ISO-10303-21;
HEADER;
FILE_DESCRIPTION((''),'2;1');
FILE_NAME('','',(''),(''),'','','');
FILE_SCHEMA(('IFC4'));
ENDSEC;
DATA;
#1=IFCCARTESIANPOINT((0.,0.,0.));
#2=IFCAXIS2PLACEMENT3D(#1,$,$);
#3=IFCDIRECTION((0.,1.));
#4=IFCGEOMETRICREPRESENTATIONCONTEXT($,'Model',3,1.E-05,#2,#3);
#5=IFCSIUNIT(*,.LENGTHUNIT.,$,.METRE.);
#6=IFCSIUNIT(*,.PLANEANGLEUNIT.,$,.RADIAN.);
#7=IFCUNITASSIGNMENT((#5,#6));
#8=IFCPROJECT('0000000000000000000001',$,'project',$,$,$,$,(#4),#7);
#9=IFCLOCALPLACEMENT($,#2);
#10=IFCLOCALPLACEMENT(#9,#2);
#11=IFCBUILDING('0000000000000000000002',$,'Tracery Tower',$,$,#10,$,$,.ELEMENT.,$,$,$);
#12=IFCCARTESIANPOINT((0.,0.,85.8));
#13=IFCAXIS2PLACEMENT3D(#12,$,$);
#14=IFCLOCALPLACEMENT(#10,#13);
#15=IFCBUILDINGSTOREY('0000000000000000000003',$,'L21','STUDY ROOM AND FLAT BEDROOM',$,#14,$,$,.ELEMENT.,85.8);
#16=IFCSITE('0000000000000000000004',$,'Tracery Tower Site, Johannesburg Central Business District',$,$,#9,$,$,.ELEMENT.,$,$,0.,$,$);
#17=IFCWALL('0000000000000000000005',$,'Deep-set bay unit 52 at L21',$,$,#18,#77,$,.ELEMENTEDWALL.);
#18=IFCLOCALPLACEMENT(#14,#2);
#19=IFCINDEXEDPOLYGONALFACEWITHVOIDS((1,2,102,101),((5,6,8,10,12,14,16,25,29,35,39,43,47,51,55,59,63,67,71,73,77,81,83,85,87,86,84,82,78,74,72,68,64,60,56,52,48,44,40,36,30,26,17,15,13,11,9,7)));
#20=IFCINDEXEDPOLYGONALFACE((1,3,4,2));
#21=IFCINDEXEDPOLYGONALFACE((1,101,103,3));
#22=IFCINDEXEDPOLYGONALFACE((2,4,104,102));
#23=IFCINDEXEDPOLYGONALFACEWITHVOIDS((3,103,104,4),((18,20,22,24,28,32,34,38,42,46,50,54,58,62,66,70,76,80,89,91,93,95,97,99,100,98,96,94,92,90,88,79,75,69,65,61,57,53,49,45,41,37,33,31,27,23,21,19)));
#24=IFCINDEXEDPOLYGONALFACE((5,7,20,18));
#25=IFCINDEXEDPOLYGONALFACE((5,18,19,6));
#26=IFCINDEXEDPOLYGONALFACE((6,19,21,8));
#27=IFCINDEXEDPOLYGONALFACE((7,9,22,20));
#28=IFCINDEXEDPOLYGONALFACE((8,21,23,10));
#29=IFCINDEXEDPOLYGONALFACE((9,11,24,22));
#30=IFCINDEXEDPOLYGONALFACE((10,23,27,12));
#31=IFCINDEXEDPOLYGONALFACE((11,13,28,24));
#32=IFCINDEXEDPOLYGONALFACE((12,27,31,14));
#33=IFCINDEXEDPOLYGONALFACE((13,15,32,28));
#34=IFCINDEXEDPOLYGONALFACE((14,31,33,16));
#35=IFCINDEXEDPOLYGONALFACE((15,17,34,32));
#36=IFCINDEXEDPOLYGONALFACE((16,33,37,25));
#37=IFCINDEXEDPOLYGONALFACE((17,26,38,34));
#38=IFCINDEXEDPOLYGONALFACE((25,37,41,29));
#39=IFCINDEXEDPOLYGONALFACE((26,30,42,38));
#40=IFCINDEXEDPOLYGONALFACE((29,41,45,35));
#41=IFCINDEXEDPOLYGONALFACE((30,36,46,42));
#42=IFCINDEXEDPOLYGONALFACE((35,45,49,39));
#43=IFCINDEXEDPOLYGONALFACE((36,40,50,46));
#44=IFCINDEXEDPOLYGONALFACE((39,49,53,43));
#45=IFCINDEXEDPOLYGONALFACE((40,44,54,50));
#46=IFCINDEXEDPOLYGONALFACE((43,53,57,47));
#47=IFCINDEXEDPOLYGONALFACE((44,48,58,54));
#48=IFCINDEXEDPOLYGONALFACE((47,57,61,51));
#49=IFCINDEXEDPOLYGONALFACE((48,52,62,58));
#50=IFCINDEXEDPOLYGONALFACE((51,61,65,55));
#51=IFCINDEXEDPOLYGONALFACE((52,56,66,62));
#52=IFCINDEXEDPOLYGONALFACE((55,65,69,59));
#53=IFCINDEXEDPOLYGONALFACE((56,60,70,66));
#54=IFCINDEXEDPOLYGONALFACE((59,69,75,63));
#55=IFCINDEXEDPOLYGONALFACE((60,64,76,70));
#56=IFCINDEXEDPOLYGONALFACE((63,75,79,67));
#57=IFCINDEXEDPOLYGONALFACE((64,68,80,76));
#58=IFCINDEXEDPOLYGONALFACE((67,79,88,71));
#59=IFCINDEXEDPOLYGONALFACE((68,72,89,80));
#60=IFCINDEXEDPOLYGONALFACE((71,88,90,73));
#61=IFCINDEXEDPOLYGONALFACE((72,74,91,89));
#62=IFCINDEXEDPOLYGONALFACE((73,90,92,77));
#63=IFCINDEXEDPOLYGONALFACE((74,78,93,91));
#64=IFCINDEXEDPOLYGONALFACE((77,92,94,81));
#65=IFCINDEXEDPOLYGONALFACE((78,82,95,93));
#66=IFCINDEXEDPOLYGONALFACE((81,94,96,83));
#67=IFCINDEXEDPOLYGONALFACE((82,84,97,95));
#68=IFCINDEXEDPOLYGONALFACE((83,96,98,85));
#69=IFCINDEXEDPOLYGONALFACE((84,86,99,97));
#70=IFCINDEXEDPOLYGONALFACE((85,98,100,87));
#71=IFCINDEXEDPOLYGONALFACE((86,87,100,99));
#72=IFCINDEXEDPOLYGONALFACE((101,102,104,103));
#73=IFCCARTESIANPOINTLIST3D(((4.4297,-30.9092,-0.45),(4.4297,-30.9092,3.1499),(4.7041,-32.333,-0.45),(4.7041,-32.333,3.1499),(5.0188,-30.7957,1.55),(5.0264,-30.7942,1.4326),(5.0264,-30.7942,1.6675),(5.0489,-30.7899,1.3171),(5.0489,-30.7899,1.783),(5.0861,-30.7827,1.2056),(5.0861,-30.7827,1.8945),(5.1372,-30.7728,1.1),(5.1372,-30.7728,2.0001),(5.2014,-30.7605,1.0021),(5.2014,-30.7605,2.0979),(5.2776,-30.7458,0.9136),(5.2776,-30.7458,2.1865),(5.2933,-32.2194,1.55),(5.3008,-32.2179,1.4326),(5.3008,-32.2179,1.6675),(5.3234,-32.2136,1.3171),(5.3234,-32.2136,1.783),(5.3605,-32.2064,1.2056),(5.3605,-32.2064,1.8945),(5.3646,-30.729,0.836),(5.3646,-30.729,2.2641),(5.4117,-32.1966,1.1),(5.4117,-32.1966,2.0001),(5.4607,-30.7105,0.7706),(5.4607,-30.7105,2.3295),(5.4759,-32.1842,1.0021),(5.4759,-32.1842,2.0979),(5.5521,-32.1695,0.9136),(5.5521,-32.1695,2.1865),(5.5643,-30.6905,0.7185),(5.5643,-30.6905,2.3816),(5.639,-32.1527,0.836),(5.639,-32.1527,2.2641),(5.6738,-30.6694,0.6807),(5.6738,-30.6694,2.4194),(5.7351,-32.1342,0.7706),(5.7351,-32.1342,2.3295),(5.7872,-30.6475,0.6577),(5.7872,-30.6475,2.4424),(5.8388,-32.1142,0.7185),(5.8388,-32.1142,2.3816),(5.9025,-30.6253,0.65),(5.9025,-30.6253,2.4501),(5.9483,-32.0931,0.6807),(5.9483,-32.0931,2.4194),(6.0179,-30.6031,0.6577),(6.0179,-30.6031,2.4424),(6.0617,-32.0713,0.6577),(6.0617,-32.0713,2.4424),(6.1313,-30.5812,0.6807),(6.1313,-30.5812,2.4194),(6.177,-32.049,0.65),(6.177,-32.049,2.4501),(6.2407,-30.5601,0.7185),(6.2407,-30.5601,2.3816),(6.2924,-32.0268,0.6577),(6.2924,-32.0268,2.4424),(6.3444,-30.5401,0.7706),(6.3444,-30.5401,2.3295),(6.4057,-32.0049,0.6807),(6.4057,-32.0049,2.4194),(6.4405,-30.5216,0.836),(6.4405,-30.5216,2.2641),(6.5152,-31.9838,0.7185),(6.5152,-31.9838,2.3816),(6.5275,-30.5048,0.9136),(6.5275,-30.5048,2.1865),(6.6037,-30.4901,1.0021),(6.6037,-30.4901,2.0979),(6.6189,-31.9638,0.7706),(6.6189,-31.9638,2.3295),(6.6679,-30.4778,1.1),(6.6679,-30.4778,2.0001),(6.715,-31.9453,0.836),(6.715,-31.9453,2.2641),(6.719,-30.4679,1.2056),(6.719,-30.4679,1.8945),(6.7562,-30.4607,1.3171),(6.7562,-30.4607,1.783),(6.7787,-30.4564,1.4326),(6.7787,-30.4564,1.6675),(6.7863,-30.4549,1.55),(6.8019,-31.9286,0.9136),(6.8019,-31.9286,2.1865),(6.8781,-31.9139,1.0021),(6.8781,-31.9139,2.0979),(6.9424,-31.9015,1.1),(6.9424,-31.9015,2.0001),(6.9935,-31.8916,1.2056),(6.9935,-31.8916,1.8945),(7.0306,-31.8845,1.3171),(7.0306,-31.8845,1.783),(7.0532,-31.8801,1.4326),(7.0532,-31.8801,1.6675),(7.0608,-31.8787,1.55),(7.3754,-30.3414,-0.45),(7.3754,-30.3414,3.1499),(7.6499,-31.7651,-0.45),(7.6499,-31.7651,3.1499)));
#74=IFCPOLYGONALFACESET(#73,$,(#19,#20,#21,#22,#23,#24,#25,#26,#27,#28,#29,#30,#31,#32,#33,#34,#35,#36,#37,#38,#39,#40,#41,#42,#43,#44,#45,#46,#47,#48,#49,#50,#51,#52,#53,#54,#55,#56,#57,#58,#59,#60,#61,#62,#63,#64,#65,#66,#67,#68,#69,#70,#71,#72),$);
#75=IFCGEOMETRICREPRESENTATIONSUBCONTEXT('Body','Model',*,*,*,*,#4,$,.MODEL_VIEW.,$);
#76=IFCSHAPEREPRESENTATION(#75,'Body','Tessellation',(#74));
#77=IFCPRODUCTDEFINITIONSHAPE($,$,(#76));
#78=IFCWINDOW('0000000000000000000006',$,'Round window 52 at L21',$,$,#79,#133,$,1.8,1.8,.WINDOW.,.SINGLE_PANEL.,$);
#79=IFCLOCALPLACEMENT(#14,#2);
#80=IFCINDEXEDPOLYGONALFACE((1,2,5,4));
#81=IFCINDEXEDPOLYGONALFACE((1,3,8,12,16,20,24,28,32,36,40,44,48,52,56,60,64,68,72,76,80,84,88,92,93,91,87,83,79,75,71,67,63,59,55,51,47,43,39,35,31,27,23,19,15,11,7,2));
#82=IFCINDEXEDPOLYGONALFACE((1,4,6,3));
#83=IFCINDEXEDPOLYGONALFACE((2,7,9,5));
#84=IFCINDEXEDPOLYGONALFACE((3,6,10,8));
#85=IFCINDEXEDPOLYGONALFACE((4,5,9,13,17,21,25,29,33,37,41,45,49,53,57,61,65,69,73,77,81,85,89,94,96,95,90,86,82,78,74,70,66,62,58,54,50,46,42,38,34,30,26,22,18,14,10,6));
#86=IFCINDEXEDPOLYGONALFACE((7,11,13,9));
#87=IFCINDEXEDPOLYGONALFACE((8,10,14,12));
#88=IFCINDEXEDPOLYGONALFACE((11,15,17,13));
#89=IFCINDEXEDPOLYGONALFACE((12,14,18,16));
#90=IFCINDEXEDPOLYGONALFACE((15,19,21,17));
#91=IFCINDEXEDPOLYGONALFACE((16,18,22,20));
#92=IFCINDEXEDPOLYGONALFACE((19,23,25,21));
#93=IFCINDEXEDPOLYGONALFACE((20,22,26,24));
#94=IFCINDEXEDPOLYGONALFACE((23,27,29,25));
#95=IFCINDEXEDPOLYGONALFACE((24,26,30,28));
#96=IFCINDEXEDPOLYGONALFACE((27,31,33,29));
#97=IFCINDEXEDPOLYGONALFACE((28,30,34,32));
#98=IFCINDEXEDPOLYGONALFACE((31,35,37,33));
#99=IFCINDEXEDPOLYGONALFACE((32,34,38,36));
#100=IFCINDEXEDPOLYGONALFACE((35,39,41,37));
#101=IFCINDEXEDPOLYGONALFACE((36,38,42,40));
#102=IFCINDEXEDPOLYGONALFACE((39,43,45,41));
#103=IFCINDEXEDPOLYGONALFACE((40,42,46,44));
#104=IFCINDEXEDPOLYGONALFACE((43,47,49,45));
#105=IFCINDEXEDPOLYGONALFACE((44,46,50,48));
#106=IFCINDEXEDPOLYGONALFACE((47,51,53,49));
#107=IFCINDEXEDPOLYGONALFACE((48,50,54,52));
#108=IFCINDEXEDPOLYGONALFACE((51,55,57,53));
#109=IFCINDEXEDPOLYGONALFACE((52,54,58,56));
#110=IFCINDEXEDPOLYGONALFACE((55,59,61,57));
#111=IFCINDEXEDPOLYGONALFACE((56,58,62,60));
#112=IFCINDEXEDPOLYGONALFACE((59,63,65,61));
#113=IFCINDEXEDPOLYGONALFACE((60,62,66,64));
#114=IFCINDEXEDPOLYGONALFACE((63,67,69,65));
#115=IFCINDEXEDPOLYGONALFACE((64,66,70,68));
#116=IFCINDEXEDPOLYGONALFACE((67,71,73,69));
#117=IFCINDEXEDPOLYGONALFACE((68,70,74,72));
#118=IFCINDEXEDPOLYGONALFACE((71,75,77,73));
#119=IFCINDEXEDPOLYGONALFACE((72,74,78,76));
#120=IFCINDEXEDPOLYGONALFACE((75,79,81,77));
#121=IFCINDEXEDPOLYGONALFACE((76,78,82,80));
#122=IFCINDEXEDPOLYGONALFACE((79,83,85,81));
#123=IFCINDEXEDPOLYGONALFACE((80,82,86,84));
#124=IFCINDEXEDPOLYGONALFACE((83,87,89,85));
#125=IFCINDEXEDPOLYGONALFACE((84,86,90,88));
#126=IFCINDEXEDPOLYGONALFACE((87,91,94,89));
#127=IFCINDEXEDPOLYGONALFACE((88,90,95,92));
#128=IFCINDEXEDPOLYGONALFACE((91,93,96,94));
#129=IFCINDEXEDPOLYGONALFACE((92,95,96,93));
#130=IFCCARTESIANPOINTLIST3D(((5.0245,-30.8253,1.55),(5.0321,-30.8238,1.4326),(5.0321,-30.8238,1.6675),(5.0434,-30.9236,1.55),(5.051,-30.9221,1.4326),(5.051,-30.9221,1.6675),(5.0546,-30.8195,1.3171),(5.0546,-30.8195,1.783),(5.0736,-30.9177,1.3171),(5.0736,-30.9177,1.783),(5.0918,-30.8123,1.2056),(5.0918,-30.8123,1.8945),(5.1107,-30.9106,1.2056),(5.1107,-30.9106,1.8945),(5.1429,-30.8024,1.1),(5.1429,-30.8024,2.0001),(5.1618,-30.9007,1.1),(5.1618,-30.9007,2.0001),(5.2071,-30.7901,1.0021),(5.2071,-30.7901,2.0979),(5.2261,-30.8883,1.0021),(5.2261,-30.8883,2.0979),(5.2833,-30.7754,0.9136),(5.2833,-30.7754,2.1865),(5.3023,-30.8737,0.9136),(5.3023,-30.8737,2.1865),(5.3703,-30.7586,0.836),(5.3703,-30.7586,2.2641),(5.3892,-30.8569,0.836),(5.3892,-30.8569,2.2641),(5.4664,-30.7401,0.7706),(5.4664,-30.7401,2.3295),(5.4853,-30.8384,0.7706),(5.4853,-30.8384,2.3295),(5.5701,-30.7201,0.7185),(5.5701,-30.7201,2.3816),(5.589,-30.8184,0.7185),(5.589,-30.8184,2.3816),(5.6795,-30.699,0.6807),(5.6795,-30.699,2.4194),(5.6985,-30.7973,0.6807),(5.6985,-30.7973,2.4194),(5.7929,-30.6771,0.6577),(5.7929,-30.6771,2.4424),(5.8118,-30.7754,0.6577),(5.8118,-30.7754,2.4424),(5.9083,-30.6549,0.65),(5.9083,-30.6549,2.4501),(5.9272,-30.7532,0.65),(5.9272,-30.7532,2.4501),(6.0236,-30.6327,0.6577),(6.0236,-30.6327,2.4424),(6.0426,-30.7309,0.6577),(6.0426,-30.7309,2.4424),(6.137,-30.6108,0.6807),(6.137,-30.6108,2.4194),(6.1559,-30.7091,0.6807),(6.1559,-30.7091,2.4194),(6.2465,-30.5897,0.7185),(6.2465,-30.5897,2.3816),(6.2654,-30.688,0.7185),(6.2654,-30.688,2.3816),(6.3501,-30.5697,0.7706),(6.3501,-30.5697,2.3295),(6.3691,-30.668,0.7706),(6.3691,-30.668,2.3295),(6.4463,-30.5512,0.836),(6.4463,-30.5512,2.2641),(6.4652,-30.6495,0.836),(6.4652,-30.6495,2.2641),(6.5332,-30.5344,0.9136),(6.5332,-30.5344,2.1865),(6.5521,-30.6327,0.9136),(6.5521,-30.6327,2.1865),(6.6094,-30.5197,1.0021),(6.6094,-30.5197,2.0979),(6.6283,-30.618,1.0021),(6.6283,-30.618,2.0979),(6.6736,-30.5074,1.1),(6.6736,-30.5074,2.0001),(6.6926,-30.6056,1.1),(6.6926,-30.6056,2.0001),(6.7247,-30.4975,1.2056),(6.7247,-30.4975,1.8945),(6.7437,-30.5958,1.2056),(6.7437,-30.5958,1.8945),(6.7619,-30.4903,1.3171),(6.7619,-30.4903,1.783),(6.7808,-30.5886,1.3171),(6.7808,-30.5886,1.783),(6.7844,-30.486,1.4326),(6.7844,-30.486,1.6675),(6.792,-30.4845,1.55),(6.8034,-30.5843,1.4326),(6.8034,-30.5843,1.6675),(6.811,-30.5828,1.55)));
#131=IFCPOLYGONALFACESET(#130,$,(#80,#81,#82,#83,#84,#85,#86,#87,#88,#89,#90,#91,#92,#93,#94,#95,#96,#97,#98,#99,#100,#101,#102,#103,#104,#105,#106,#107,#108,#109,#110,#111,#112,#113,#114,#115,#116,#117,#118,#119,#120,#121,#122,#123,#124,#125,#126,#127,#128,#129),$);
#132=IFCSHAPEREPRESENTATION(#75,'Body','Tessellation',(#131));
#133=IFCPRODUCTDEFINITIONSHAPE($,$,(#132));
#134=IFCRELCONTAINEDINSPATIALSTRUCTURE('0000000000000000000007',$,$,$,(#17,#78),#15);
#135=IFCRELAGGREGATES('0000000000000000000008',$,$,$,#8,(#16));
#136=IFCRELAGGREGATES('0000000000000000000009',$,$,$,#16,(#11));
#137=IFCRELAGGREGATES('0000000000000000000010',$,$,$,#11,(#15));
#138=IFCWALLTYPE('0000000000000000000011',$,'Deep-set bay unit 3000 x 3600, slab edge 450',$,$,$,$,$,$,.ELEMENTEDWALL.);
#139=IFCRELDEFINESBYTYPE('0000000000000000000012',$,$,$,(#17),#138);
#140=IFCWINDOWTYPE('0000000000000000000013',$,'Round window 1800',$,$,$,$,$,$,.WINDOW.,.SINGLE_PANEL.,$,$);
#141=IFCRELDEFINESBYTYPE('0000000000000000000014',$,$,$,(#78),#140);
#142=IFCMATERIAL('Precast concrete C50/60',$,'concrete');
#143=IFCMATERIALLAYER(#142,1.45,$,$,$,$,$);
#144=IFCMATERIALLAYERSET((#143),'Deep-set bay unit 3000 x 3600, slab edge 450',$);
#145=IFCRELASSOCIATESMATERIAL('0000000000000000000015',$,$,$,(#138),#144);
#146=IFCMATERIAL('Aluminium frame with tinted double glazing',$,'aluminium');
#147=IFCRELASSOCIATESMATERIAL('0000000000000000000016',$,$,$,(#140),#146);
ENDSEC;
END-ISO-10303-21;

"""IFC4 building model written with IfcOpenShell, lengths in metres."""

from ifc_helpers import new_model, si_unit, direction, frame, frame_2d, origin, origin_2d, place, context, subcontext, project, spatial, rectangle, circle, extrude, material, layer, layer_set, type_object, element, fill, save


model = new_model("IFC4")

# Units and contexts
model_context = context("Model", 3, precision=1e-05, world=origin(), true_north=direction((0.0, 1.0)))
body_context = subcontext(model_context, "Body", "Model", "MODEL_VIEW")
ifc_project = project(units=[si_unit("LENGTHUNIT", "METRE"), si_unit("PLANEANGLEUNIT", "RADIAN")], contexts=[model_context])

# Site, building, storey
site_placement = place(None, origin())
site = spatial("IfcSite", under=ifc_project, at=site_placement, Name="Tracery Tower Site, Johannesburg Central Business District", CompositionType="ELEMENT", RefElevation=0.0)
building_placement = place(site_placement, origin())
building = spatial("IfcBuilding", under=site, at=building_placement, Name="Tracery Tower", CompositionType="ELEMENT")
storey_placement = place(building_placement, frame((0.0, 0.0, 85.8)))
storey = spatial("IfcBuildingStorey", under=building, at=storey_placement, Name="L21", Description="STUDY ROOM AND FLAT BEDROOM", CompositionType="ELEMENT", Elevation=85.8)

# Wall, opening, window
ifc_material_1 = material(Name="Precast concrete C50/60", Category="concrete")
ifc_layer_1 = layer(ifc_material_1, 1.45)
ifc_layer_set_1 = layer_set([ifc_layer_1], Name="Deep-set bay unit 3000 x 3600, slab edge 450")
wall_type_1 = type_object("IfcWallType", Name="Deep-set bay unit 3000 x 3600, slab edge 450", PredefinedType="ELEMENTEDWALL", material=ifc_layer_set_1)
wall_1_placement = place(storey_placement, frame((4.5669, -31.6211, -0.45), z_axis=(0.0, 0.0, 1.0), x_axis=(0.981922, 0.189288, 0.0)))
wall_1 = element("IfcWall", 1, at=wall_1_placement, inside=storey, type_object=wall_type_1, Name="Deep-set bay unit 52 at L21", PredefinedType="ELEMENTEDWALL", context=body_context, shape_type="SweptSolid", body=[
    extrude(rectangle(XDim=3.0, YDim=1.45, at=frame_2d((1.5, 0.0))), origin(), (0.0, 0.0, 1.0), 3.5999),
])
opening_1_placement = place(wall_1_placement, frame((1.5, 0.0, 2.0)))
opening_1 = element("IfcOpeningElement", 2, at=opening_1_placement, cuts=wall_1, PredefinedType="OPENING", context=body_context, shape_type="SweptSolid", body=[
    extrude(circle(Radius=0.9, at=origin_2d()), frame((0.0, 0.7349, 0.0), z_axis=(0.0, -1.0, 0.0), x_axis=(1.0, 0.0, 0.0)), (0.0, 0.0, 1.0), 1.47),
])
ifc_material_2 = material(Name="Aluminium frame with tinted double glazing", Category="aluminium")
window_type = type_object("IfcWindowType", Name="Round window 1800", PartitioningType="SINGLE_PANEL", PredefinedType="WINDOW", material=ifc_material_2)
window_1_placement = place(opening_1_placement, origin())
window_1 = element("IfcWindow", 3, at=window_1_placement, inside=storey, type_object=window_type, Name="Round window 52 at L21", OverallHeight=1.8, OverallWidth=1.8, PartitioningType="SINGLE_PANEL", PredefinedType="WINDOW", context=body_context, shape_type="SweptSolid", body=[
    extrude(circle(Radius=0.9, at=origin_2d()), frame((0.0, 0.6948, 0.0), z_axis=(0.0, -1.0, 0.0), x_axis=(1.0, 0.0, 0.0)), (0.0, 0.0, 1.0), 0.1001),
])
fill(opening_1, window_1)

save(model, "model.ifc")
